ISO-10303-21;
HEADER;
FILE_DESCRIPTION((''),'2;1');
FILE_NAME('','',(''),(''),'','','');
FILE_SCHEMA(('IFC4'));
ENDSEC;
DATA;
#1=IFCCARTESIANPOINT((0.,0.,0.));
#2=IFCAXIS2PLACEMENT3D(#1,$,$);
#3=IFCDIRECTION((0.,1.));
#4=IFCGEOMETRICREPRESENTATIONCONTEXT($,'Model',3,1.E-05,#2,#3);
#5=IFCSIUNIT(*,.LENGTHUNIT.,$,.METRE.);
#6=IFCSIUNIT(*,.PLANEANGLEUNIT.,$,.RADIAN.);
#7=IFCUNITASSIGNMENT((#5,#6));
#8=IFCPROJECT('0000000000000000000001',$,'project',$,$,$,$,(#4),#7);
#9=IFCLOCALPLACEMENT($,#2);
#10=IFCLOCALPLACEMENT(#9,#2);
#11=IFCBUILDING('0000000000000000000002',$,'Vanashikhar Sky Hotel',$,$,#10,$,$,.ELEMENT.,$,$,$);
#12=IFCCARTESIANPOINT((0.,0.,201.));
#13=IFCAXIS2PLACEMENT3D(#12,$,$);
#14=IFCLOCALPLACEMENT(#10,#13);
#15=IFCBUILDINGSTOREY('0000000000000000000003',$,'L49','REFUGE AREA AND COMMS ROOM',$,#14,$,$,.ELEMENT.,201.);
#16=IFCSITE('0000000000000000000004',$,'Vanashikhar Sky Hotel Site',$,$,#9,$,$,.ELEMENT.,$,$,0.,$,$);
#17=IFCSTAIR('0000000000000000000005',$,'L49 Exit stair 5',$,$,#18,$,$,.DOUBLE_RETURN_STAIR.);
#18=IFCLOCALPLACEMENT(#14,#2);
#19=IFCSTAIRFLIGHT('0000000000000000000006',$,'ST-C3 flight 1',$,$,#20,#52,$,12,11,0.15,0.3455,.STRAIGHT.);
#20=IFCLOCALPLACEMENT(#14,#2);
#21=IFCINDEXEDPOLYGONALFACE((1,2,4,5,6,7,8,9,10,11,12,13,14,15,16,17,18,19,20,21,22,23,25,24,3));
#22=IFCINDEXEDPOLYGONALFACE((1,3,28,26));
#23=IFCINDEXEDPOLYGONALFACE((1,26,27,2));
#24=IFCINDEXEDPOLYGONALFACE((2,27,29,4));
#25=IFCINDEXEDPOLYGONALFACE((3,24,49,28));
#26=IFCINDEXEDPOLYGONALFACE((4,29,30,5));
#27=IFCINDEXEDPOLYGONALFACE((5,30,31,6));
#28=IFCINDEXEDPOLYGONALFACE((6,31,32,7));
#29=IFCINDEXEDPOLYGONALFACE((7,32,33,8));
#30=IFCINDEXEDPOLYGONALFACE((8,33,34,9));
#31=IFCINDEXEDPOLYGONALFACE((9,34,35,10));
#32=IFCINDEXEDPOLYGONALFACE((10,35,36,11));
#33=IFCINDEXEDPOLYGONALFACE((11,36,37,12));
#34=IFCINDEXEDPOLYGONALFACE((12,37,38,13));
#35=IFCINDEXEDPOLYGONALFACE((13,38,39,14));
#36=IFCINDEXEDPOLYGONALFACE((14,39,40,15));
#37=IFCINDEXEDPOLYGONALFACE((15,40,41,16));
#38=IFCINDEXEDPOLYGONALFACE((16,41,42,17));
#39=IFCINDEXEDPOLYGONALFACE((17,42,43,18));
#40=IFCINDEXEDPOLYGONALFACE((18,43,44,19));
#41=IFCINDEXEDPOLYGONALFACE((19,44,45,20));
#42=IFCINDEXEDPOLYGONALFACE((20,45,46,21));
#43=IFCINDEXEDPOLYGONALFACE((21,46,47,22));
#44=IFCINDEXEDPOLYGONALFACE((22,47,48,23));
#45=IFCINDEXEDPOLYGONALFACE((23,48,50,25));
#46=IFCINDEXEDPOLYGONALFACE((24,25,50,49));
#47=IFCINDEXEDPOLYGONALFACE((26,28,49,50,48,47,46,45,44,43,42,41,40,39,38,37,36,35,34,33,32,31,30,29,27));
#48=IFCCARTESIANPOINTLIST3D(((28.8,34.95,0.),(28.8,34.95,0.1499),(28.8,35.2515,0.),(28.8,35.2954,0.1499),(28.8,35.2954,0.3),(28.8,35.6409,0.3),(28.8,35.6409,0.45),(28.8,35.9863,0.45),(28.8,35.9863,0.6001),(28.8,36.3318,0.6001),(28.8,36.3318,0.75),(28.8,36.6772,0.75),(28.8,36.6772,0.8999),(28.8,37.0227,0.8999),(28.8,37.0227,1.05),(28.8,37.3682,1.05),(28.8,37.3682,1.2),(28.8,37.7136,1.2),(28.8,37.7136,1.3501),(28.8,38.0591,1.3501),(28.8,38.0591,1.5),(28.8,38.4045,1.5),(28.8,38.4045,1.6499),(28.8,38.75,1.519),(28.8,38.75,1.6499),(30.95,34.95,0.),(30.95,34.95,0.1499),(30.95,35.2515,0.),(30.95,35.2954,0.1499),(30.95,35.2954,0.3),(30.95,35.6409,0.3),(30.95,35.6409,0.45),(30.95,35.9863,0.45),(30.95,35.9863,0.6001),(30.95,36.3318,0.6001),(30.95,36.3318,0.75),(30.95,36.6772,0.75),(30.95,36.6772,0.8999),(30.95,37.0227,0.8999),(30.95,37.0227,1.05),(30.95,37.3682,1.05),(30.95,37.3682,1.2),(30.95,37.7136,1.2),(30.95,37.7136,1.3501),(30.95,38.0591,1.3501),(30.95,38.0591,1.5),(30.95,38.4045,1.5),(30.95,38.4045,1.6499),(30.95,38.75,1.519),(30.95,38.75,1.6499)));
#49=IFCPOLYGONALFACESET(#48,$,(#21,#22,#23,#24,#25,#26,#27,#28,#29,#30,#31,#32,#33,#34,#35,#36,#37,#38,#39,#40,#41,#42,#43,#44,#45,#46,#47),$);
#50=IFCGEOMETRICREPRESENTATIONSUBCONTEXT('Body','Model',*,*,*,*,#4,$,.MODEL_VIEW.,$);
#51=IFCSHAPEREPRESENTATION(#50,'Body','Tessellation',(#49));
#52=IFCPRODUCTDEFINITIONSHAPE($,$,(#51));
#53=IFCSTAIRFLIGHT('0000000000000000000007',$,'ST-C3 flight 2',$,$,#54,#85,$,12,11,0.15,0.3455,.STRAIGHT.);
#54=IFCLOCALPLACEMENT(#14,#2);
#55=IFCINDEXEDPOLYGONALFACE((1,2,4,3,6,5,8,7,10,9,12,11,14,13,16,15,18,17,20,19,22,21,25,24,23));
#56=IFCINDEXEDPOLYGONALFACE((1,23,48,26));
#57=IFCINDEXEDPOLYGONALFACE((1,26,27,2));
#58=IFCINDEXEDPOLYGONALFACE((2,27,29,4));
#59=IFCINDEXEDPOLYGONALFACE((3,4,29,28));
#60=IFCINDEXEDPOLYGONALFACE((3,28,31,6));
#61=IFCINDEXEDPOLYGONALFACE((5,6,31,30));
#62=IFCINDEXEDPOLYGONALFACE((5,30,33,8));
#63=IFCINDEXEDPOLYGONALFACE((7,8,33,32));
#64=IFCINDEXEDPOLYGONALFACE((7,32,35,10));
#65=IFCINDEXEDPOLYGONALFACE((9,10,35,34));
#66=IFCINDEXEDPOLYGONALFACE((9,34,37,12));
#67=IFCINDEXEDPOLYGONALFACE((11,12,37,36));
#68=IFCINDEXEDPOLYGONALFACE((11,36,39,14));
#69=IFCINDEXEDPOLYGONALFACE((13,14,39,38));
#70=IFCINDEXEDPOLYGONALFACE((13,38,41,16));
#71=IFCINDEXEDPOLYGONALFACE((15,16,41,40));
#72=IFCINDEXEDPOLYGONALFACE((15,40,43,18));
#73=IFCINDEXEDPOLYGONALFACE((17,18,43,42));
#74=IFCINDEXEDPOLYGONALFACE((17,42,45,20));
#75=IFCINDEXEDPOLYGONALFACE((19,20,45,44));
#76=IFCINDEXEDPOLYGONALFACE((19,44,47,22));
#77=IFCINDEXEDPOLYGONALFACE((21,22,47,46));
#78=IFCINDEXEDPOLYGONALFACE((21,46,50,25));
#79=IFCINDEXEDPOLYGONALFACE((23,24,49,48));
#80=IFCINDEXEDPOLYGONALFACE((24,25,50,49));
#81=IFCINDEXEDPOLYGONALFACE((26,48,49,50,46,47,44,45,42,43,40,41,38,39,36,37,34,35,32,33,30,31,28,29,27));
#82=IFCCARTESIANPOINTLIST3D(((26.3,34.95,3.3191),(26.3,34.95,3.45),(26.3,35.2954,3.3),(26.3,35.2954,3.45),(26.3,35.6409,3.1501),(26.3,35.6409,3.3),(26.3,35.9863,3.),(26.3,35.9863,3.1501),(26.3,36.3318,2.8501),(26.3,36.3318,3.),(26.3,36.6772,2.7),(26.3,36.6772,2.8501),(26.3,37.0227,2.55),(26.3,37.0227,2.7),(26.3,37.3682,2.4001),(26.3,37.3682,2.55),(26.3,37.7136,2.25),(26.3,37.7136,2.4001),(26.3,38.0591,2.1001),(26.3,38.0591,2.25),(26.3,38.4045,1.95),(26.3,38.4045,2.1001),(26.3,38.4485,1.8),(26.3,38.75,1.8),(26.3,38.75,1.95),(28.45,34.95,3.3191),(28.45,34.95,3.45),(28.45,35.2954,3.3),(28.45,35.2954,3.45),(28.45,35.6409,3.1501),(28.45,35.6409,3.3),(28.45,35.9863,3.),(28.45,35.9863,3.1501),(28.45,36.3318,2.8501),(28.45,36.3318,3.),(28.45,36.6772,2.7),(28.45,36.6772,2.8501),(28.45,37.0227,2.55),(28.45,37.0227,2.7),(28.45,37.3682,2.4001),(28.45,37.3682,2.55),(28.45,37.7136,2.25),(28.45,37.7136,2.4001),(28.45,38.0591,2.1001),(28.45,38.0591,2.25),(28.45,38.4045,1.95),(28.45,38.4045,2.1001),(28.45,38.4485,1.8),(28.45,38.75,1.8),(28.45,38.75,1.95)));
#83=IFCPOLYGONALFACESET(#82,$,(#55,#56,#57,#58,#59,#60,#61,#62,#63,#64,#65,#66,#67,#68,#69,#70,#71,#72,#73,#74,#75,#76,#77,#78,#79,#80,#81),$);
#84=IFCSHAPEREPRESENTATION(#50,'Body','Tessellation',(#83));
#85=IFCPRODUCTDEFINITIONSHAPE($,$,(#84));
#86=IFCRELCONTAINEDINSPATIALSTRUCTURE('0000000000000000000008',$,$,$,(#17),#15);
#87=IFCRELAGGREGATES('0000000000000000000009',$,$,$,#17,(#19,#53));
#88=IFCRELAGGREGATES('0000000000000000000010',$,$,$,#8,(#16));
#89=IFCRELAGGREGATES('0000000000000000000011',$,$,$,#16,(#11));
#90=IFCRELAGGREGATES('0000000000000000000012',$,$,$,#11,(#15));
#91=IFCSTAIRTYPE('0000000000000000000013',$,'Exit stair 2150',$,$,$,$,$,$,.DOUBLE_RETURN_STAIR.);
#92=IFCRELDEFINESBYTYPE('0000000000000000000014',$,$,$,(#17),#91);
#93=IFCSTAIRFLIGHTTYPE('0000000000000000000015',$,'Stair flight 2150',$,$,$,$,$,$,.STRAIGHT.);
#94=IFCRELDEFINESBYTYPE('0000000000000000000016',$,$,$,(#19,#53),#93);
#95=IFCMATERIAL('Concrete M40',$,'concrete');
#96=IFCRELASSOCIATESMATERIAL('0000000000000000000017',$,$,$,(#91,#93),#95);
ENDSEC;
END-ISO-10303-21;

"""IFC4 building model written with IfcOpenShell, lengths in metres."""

from ifc_helpers import new_model, si_unit, direction, frame, origin, place, context, subcontext, project, spatial, polyline, outline, extrude, source, transform, mapped, material, type_object, element, aggregate, save


model = new_model("IFC4")

# Units and contexts
model_context = context("Model", 3, precision=1e-05, world=origin(), true_north=direction((0.0, 1.0)))
body_context = subcontext(model_context, "Body", "Model", "MODEL_VIEW")
ifc_project = project(units=[si_unit("LENGTHUNIT", "METRE"), si_unit("PLANEANGLEUNIT", "RADIAN")], contexts=[model_context])

# Site, building, storey
site_placement = place(None, origin())
site = spatial("IfcSite", under=ifc_project, at=site_placement, Name="Vanashikhar Sky Hotel Site", CompositionType="ELEMENT", RefElevation=0.0)
building_placement = place(site_placement, origin())
building = spatial("IfcBuilding", under=site, at=building_placement, Name="Vanashikhar Sky Hotel", CompositionType="ELEMENT")
storey_placement = place(building_placement, frame((0.0, 0.0, 201.0)))
storey = spatial("IfcBuildingStorey", under=building, at=storey_placement, Name="L49", Description="REFUGE AREA AND COMMS ROOM", CompositionType="ELEMENT", Elevation=201.0)

# Shared definitions
ifc_material_1 = material(Name="Concrete M40", Category="concrete")
stair_type = type_object("IfcStairType", Name="Exit stair 2150", PredefinedType="DOUBLE_RETURN_STAIR", material=ifc_material_1)
stair_flight_type = type_object("IfcStairFlightType", Name="Stair flight 2150", PredefinedType="STRAIGHT", material=ifc_material_1)
shared_shape_1 = source(origin(), body_context, "Body", "SweptSolid", [
    extrude(outline(polyline([(0.0, 0.0), (0.0, 0.1499), (0.3455, 0.1499), (0.3455, 0.3), (0.6909, 0.3), (0.6909, 0.45), (1.0364, 0.45), (1.0364, 0.6001), (1.3818, 0.6001), (1.3818, 0.75), (1.7273, 0.75), (1.7273, 0.8999), (2.0728, 0.8999), (2.0728, 1.05), (2.4182, 1.05), (2.4182, 1.2), (2.7637, 1.2), (2.7637, 1.3501), (3.1091, 1.3501), (3.1091, 1.5), (3.4546, 1.5), (3.4546, 1.6499), (3.8, 1.6499), (3.8, 1.8), (3.8, 1.519), (0.3015, 0.0), (0.0, 0.0)])), frame((0.0, 1.075, 0.0), z_axis=(0.0, -1.0, 0.0), x_axis=(1.0, 0.0, 0.0)), (0.0, 0.0, 1.0), 2.1499),
])

# Stair, stair flights
stair_1_placement = place(storey_placement, origin())
stair_1 = element("IfcStair", 1, at=stair_1_placement, inside=storey, type_object=stair_type, Name="L49 Exit stair 5", PredefinedType="DOUBLE_RETURN_STAIR")
stair_flight_1_placement = place(storey_placement, frame((29.875, 34.95, 0.0), z_axis=(0.0, 0.0, 1.0), x_axis=(0.0, 1.0, 0.0)))
stair_flight_1 = element("IfcStairFlight", 2, at=stair_flight_1_placement, type_object=stair_flight_type, Name="ST-C3 flight 1", NumberOfRisers=12, NumberOfTreads=11, PredefinedType="STRAIGHT", RiserHeight=0.15, TreadLength=0.3455, context=body_context, shape_type="MappedRepresentation", body=[
    mapped(shared_shape_1, transform((0.0, 0.0, 0.0), scale=1.0)),
])
stair_flight_2_placement = place(storey_placement, frame((27.375, 38.75, 1.8), z_axis=(0.0, 0.0, 1.0), x_axis=(0.0, -1.0, 0.0)))
stair_flight_2 = element("IfcStairFlight", 3, at=stair_flight_2_placement, type_object=stair_flight_type, Name="ST-C3 flight 2", NumberOfRisers=12, NumberOfTreads=11, PredefinedType="STRAIGHT", RiserHeight=0.15, TreadLength=0.3455, context=body_context, shape_type="MappedRepresentation", body=[
    mapped(shared_shape_1, transform((0.0, 0.0, 0.0), scale=1.0)),
])
aggregate(stair_1, [stair_flight_1, stair_flight_2])

save(model, "model.ifc")
